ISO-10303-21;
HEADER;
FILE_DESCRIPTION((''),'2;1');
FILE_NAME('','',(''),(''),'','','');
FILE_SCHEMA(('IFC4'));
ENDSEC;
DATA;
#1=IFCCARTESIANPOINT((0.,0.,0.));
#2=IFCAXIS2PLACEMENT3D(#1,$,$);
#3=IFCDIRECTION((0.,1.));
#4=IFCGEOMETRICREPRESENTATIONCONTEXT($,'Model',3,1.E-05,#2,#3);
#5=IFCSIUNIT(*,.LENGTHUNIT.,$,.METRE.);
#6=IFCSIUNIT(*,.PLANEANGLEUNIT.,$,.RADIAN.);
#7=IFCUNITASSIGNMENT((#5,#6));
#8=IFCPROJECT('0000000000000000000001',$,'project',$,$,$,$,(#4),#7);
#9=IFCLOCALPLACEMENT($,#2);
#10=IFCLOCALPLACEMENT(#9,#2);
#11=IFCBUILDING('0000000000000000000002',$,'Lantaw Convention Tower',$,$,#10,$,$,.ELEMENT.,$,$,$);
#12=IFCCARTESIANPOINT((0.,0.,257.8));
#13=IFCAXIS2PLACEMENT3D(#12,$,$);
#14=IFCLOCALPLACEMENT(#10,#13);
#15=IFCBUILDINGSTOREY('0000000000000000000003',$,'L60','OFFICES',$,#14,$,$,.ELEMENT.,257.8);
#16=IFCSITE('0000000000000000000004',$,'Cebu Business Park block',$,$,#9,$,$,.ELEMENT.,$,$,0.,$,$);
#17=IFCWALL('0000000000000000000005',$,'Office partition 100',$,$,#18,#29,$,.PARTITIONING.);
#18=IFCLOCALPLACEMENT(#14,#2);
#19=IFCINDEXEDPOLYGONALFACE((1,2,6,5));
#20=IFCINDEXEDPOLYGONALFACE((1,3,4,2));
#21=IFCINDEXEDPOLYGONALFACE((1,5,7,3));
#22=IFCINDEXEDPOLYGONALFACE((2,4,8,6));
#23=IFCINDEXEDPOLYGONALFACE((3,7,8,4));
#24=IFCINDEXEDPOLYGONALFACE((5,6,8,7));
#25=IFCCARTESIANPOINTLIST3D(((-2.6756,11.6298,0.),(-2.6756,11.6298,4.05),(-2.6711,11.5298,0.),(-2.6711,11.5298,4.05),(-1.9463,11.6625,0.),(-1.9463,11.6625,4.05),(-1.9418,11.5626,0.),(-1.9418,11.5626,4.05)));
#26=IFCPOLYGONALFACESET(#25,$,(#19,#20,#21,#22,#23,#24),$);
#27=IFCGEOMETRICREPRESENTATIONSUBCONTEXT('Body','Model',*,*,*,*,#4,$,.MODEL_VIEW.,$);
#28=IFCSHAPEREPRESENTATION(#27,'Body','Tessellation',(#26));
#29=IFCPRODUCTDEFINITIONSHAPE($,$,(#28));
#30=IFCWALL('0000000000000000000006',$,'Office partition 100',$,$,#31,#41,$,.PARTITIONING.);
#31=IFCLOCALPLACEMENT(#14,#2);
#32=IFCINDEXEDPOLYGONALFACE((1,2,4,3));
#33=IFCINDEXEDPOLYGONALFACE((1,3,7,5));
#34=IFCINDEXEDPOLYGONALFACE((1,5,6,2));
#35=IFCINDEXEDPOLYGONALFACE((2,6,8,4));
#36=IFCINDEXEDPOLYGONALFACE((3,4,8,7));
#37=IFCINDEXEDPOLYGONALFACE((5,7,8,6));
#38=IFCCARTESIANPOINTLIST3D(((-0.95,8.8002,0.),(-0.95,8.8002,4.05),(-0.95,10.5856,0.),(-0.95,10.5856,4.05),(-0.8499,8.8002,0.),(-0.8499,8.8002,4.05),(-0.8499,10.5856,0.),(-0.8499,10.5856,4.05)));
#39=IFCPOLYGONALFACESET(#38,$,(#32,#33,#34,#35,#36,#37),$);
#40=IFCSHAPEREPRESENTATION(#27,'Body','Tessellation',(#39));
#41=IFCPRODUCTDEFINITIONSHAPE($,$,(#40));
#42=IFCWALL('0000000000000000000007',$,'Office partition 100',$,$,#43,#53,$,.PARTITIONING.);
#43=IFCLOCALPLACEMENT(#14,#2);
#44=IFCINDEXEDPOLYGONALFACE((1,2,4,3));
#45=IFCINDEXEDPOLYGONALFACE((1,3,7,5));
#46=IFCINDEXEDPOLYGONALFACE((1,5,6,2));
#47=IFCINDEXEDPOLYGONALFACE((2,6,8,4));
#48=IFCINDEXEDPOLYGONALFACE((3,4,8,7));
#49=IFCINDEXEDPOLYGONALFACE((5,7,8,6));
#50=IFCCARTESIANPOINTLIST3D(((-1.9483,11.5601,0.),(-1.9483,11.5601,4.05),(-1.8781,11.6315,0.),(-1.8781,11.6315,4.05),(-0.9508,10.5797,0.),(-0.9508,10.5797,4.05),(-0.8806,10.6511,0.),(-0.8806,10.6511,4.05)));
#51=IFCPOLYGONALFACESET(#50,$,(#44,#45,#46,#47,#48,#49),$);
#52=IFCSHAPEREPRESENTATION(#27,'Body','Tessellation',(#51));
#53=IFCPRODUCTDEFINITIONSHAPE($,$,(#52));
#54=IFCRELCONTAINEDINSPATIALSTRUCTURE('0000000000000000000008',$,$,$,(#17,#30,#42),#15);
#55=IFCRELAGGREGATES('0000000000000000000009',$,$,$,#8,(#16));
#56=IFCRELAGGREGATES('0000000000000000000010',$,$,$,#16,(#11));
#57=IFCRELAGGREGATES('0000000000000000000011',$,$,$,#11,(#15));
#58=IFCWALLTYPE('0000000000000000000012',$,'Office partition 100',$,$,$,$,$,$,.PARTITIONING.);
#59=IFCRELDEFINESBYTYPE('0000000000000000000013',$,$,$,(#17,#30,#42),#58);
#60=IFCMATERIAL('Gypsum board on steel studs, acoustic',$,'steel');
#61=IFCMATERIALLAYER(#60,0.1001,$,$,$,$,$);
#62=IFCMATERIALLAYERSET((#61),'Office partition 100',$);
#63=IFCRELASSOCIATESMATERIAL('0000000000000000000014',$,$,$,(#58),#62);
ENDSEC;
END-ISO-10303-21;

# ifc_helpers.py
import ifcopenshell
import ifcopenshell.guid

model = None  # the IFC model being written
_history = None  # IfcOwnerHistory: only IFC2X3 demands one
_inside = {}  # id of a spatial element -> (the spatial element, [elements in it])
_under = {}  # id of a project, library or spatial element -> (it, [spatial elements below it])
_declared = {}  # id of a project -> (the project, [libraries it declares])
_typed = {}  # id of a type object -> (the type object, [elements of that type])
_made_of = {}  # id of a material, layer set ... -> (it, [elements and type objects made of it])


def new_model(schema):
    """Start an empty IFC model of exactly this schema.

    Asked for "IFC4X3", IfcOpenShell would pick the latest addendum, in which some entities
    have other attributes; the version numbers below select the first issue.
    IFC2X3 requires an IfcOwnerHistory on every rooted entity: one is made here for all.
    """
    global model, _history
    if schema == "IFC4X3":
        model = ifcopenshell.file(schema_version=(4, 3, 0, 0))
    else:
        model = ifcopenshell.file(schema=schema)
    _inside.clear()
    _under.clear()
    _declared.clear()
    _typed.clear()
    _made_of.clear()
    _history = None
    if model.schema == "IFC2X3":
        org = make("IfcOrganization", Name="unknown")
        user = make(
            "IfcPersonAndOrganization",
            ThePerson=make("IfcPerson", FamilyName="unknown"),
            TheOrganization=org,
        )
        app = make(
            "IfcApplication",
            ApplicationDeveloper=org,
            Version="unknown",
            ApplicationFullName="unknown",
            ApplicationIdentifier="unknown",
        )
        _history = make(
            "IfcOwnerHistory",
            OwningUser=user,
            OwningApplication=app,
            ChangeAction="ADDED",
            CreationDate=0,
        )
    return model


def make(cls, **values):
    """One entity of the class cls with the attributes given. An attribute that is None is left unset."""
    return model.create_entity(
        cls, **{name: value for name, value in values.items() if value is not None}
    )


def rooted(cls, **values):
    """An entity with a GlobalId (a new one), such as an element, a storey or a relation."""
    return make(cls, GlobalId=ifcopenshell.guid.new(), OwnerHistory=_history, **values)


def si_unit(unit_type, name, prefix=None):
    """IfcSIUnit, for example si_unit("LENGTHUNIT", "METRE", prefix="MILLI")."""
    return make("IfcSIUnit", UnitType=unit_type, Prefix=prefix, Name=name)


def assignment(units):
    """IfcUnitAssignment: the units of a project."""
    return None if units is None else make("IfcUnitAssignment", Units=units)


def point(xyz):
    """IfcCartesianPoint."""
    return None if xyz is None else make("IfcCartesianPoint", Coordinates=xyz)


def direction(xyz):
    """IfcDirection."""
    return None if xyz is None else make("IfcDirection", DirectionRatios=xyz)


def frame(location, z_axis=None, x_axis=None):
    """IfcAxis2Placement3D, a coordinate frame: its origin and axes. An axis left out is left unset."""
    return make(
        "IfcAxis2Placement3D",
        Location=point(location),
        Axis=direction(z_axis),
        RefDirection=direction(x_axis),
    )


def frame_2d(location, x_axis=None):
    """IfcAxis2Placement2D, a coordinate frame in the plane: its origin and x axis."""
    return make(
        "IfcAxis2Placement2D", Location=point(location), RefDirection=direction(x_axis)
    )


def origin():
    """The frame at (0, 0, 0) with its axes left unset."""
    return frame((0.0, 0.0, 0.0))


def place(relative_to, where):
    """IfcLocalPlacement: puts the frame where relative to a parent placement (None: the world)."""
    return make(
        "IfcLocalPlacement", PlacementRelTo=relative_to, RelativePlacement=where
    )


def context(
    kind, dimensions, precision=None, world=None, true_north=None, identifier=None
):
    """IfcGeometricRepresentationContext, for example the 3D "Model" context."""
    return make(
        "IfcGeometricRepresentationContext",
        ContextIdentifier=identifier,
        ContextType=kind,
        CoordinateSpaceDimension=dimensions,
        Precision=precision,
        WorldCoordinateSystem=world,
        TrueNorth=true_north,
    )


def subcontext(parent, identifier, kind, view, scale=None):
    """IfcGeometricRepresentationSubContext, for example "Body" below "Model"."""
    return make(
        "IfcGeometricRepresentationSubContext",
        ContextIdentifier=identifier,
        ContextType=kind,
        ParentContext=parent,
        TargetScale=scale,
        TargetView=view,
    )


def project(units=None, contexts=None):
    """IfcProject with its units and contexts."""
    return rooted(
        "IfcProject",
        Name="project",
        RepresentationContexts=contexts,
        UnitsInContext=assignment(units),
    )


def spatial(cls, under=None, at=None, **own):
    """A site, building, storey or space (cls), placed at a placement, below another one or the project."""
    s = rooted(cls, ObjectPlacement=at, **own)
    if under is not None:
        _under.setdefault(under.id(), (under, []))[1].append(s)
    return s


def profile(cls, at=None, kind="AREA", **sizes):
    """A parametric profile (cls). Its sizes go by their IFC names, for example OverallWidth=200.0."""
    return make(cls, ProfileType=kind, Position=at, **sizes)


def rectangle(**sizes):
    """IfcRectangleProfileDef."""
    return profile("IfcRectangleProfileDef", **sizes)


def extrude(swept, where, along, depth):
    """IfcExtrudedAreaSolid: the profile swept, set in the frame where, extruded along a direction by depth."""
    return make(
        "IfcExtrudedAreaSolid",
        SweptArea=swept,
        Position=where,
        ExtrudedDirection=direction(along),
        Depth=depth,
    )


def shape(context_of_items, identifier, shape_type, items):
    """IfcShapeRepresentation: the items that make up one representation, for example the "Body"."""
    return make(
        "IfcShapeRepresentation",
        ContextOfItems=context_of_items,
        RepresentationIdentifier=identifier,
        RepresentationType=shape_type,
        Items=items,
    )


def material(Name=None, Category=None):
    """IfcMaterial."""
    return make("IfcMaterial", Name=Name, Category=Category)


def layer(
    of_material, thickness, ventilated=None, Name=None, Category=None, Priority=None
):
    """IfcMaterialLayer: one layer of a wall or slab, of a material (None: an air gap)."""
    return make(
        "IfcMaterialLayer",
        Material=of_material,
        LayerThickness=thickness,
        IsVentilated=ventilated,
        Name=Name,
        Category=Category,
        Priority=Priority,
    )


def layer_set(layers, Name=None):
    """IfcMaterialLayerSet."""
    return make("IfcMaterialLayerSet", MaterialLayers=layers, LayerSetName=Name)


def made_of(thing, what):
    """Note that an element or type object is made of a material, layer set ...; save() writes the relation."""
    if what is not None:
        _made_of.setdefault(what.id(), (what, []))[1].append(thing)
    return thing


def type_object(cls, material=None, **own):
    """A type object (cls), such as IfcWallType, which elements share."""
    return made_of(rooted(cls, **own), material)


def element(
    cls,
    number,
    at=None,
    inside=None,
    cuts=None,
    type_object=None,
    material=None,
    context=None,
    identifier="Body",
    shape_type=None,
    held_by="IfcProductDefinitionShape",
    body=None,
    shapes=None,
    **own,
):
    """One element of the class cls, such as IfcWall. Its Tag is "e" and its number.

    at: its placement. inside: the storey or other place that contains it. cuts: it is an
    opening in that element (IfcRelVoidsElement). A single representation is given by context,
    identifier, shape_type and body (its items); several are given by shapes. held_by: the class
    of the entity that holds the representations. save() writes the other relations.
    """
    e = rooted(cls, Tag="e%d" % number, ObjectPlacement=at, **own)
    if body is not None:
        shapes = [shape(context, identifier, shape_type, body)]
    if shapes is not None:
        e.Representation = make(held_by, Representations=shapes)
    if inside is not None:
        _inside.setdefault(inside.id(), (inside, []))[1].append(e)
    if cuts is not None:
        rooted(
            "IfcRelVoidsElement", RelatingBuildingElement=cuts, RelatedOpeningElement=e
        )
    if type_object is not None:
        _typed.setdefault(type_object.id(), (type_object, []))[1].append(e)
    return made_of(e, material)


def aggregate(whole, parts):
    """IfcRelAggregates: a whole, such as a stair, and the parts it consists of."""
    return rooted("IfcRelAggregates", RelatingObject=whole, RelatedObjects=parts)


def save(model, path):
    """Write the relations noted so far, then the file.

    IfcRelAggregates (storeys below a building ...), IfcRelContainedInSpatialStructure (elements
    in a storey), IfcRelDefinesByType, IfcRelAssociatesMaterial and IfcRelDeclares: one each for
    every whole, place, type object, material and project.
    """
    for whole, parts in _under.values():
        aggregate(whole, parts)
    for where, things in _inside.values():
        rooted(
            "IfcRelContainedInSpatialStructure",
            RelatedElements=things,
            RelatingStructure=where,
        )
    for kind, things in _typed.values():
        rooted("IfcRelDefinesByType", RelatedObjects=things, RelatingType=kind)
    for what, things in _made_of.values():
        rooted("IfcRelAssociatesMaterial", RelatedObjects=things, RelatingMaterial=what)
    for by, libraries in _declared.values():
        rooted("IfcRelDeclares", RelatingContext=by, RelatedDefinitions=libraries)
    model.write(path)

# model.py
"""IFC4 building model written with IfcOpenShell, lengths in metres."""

from ifc_helpers import new_model, si_unit, direction, frame, frame_2d, origin, place, context, subcontext, project, spatial, rectangle, extrude, material, layer, layer_set, type_object, element, save


model = new_model("IFC4")

# Units and contexts
model_context = context("Model", 3, precision=1e-05, world=origin(), true_north=direction((0.0, 1.0)))
body_context = subcontext(model_context, "Body", "Model", "MODEL_VIEW")
ifc_project = project(units=[si_unit("LENGTHUNIT", "METRE"), si_unit("PLANEANGLEUNIT", "RADIAN")], contexts=[model_context])

# Site, building, storey
site_placement = place(None, origin())
site = spatial("IfcSite", under=ifc_project, at=site_placement, Name="Cebu Business Park block", CompositionType="ELEMENT", RefElevation=0.0)
building_placement = place(site_placement, origin())
building = spatial("IfcBuilding", under=site, at=building_placement, Name="Lantaw Convention Tower", CompositionType="ELEMENT")
storey_placement = place(building_placement, frame((0.0, 0.0, 257.8)))
storey = spatial("IfcBuildingStorey", under=building, at=storey_placement, Name="L60", Description="OFFICES", CompositionType="ELEMENT", Elevation=257.8)

# Walls
ifc_material_1 = material(Name="Gypsum board on steel studs, acoustic", Category="steel")
ifc_layer_1 = layer(ifc_material_1, 0.1001)
ifc_layer_set_1 = layer_set([ifc_layer_1], Name="Office partition 100")
wall_type_1 = type_object("IfcWallType", Name="Office partition 100", PredefinedType="PARTITIONING", material=ifc_layer_set_1)
wall_1_placement = place(storey_placement, frame((-2.6733, 11.5798, 0.0), z_axis=(0.0, 0.0, 1.0), x_axis=(0.998995, 0.044816, 0.0)))
element("IfcWall", 1, at=wall_1_placement, inside=storey, type_object=wall_type_1, Name="Office partition 100", PredefinedType="PARTITIONING", context=body_context, shape_type="SweptSolid", body=[
    extrude(rectangle(XDim=0.73, YDim=0.1001, at=frame_2d((0.365, 0.0))), origin(), (0.0, 0.0, 1.0), 4.05),
])
wall_2_placement = place(storey_placement, frame((-0.8999, 10.5854, 0.0), z_axis=(0.0, 0.0, 1.0), x_axis=(0.0, -1.0, 0.0)))
element("IfcWall", 2, at=wall_2_placement, inside=storey, type_object=wall_type_1, Name="Office partition 100", PredefinedType="PARTITIONING", context=body_context, shape_type="SweptSolid", body=[
    extrude(rectangle(XDim=1.7854, YDim=0.1001, at=frame_2d((0.8926, 0.0))), origin(), (0.0, 0.0, 1.0), 4.05),
])
wall_3_placement = place(storey_placement, frame((-0.9158, 10.6155, 0.0), z_axis=(0.0, 0.0, 1.0), x_axis=(-0.713189, 0.700971, 0.0)))
element("IfcWall", 3, at=wall_3_placement, inside=storey, type_object=wall_type_1, Name="Office partition 100", PredefinedType="PARTITIONING", context=body_context, shape_type="SweptSolid", body=[
    extrude(rectangle(XDim=1.3987, YDim=0.1001, at=frame_2d((0.6992, 0.0))), origin(), (0.0, 0.0, 1.0), 4.05),
])

save(model, "model.ifc")
